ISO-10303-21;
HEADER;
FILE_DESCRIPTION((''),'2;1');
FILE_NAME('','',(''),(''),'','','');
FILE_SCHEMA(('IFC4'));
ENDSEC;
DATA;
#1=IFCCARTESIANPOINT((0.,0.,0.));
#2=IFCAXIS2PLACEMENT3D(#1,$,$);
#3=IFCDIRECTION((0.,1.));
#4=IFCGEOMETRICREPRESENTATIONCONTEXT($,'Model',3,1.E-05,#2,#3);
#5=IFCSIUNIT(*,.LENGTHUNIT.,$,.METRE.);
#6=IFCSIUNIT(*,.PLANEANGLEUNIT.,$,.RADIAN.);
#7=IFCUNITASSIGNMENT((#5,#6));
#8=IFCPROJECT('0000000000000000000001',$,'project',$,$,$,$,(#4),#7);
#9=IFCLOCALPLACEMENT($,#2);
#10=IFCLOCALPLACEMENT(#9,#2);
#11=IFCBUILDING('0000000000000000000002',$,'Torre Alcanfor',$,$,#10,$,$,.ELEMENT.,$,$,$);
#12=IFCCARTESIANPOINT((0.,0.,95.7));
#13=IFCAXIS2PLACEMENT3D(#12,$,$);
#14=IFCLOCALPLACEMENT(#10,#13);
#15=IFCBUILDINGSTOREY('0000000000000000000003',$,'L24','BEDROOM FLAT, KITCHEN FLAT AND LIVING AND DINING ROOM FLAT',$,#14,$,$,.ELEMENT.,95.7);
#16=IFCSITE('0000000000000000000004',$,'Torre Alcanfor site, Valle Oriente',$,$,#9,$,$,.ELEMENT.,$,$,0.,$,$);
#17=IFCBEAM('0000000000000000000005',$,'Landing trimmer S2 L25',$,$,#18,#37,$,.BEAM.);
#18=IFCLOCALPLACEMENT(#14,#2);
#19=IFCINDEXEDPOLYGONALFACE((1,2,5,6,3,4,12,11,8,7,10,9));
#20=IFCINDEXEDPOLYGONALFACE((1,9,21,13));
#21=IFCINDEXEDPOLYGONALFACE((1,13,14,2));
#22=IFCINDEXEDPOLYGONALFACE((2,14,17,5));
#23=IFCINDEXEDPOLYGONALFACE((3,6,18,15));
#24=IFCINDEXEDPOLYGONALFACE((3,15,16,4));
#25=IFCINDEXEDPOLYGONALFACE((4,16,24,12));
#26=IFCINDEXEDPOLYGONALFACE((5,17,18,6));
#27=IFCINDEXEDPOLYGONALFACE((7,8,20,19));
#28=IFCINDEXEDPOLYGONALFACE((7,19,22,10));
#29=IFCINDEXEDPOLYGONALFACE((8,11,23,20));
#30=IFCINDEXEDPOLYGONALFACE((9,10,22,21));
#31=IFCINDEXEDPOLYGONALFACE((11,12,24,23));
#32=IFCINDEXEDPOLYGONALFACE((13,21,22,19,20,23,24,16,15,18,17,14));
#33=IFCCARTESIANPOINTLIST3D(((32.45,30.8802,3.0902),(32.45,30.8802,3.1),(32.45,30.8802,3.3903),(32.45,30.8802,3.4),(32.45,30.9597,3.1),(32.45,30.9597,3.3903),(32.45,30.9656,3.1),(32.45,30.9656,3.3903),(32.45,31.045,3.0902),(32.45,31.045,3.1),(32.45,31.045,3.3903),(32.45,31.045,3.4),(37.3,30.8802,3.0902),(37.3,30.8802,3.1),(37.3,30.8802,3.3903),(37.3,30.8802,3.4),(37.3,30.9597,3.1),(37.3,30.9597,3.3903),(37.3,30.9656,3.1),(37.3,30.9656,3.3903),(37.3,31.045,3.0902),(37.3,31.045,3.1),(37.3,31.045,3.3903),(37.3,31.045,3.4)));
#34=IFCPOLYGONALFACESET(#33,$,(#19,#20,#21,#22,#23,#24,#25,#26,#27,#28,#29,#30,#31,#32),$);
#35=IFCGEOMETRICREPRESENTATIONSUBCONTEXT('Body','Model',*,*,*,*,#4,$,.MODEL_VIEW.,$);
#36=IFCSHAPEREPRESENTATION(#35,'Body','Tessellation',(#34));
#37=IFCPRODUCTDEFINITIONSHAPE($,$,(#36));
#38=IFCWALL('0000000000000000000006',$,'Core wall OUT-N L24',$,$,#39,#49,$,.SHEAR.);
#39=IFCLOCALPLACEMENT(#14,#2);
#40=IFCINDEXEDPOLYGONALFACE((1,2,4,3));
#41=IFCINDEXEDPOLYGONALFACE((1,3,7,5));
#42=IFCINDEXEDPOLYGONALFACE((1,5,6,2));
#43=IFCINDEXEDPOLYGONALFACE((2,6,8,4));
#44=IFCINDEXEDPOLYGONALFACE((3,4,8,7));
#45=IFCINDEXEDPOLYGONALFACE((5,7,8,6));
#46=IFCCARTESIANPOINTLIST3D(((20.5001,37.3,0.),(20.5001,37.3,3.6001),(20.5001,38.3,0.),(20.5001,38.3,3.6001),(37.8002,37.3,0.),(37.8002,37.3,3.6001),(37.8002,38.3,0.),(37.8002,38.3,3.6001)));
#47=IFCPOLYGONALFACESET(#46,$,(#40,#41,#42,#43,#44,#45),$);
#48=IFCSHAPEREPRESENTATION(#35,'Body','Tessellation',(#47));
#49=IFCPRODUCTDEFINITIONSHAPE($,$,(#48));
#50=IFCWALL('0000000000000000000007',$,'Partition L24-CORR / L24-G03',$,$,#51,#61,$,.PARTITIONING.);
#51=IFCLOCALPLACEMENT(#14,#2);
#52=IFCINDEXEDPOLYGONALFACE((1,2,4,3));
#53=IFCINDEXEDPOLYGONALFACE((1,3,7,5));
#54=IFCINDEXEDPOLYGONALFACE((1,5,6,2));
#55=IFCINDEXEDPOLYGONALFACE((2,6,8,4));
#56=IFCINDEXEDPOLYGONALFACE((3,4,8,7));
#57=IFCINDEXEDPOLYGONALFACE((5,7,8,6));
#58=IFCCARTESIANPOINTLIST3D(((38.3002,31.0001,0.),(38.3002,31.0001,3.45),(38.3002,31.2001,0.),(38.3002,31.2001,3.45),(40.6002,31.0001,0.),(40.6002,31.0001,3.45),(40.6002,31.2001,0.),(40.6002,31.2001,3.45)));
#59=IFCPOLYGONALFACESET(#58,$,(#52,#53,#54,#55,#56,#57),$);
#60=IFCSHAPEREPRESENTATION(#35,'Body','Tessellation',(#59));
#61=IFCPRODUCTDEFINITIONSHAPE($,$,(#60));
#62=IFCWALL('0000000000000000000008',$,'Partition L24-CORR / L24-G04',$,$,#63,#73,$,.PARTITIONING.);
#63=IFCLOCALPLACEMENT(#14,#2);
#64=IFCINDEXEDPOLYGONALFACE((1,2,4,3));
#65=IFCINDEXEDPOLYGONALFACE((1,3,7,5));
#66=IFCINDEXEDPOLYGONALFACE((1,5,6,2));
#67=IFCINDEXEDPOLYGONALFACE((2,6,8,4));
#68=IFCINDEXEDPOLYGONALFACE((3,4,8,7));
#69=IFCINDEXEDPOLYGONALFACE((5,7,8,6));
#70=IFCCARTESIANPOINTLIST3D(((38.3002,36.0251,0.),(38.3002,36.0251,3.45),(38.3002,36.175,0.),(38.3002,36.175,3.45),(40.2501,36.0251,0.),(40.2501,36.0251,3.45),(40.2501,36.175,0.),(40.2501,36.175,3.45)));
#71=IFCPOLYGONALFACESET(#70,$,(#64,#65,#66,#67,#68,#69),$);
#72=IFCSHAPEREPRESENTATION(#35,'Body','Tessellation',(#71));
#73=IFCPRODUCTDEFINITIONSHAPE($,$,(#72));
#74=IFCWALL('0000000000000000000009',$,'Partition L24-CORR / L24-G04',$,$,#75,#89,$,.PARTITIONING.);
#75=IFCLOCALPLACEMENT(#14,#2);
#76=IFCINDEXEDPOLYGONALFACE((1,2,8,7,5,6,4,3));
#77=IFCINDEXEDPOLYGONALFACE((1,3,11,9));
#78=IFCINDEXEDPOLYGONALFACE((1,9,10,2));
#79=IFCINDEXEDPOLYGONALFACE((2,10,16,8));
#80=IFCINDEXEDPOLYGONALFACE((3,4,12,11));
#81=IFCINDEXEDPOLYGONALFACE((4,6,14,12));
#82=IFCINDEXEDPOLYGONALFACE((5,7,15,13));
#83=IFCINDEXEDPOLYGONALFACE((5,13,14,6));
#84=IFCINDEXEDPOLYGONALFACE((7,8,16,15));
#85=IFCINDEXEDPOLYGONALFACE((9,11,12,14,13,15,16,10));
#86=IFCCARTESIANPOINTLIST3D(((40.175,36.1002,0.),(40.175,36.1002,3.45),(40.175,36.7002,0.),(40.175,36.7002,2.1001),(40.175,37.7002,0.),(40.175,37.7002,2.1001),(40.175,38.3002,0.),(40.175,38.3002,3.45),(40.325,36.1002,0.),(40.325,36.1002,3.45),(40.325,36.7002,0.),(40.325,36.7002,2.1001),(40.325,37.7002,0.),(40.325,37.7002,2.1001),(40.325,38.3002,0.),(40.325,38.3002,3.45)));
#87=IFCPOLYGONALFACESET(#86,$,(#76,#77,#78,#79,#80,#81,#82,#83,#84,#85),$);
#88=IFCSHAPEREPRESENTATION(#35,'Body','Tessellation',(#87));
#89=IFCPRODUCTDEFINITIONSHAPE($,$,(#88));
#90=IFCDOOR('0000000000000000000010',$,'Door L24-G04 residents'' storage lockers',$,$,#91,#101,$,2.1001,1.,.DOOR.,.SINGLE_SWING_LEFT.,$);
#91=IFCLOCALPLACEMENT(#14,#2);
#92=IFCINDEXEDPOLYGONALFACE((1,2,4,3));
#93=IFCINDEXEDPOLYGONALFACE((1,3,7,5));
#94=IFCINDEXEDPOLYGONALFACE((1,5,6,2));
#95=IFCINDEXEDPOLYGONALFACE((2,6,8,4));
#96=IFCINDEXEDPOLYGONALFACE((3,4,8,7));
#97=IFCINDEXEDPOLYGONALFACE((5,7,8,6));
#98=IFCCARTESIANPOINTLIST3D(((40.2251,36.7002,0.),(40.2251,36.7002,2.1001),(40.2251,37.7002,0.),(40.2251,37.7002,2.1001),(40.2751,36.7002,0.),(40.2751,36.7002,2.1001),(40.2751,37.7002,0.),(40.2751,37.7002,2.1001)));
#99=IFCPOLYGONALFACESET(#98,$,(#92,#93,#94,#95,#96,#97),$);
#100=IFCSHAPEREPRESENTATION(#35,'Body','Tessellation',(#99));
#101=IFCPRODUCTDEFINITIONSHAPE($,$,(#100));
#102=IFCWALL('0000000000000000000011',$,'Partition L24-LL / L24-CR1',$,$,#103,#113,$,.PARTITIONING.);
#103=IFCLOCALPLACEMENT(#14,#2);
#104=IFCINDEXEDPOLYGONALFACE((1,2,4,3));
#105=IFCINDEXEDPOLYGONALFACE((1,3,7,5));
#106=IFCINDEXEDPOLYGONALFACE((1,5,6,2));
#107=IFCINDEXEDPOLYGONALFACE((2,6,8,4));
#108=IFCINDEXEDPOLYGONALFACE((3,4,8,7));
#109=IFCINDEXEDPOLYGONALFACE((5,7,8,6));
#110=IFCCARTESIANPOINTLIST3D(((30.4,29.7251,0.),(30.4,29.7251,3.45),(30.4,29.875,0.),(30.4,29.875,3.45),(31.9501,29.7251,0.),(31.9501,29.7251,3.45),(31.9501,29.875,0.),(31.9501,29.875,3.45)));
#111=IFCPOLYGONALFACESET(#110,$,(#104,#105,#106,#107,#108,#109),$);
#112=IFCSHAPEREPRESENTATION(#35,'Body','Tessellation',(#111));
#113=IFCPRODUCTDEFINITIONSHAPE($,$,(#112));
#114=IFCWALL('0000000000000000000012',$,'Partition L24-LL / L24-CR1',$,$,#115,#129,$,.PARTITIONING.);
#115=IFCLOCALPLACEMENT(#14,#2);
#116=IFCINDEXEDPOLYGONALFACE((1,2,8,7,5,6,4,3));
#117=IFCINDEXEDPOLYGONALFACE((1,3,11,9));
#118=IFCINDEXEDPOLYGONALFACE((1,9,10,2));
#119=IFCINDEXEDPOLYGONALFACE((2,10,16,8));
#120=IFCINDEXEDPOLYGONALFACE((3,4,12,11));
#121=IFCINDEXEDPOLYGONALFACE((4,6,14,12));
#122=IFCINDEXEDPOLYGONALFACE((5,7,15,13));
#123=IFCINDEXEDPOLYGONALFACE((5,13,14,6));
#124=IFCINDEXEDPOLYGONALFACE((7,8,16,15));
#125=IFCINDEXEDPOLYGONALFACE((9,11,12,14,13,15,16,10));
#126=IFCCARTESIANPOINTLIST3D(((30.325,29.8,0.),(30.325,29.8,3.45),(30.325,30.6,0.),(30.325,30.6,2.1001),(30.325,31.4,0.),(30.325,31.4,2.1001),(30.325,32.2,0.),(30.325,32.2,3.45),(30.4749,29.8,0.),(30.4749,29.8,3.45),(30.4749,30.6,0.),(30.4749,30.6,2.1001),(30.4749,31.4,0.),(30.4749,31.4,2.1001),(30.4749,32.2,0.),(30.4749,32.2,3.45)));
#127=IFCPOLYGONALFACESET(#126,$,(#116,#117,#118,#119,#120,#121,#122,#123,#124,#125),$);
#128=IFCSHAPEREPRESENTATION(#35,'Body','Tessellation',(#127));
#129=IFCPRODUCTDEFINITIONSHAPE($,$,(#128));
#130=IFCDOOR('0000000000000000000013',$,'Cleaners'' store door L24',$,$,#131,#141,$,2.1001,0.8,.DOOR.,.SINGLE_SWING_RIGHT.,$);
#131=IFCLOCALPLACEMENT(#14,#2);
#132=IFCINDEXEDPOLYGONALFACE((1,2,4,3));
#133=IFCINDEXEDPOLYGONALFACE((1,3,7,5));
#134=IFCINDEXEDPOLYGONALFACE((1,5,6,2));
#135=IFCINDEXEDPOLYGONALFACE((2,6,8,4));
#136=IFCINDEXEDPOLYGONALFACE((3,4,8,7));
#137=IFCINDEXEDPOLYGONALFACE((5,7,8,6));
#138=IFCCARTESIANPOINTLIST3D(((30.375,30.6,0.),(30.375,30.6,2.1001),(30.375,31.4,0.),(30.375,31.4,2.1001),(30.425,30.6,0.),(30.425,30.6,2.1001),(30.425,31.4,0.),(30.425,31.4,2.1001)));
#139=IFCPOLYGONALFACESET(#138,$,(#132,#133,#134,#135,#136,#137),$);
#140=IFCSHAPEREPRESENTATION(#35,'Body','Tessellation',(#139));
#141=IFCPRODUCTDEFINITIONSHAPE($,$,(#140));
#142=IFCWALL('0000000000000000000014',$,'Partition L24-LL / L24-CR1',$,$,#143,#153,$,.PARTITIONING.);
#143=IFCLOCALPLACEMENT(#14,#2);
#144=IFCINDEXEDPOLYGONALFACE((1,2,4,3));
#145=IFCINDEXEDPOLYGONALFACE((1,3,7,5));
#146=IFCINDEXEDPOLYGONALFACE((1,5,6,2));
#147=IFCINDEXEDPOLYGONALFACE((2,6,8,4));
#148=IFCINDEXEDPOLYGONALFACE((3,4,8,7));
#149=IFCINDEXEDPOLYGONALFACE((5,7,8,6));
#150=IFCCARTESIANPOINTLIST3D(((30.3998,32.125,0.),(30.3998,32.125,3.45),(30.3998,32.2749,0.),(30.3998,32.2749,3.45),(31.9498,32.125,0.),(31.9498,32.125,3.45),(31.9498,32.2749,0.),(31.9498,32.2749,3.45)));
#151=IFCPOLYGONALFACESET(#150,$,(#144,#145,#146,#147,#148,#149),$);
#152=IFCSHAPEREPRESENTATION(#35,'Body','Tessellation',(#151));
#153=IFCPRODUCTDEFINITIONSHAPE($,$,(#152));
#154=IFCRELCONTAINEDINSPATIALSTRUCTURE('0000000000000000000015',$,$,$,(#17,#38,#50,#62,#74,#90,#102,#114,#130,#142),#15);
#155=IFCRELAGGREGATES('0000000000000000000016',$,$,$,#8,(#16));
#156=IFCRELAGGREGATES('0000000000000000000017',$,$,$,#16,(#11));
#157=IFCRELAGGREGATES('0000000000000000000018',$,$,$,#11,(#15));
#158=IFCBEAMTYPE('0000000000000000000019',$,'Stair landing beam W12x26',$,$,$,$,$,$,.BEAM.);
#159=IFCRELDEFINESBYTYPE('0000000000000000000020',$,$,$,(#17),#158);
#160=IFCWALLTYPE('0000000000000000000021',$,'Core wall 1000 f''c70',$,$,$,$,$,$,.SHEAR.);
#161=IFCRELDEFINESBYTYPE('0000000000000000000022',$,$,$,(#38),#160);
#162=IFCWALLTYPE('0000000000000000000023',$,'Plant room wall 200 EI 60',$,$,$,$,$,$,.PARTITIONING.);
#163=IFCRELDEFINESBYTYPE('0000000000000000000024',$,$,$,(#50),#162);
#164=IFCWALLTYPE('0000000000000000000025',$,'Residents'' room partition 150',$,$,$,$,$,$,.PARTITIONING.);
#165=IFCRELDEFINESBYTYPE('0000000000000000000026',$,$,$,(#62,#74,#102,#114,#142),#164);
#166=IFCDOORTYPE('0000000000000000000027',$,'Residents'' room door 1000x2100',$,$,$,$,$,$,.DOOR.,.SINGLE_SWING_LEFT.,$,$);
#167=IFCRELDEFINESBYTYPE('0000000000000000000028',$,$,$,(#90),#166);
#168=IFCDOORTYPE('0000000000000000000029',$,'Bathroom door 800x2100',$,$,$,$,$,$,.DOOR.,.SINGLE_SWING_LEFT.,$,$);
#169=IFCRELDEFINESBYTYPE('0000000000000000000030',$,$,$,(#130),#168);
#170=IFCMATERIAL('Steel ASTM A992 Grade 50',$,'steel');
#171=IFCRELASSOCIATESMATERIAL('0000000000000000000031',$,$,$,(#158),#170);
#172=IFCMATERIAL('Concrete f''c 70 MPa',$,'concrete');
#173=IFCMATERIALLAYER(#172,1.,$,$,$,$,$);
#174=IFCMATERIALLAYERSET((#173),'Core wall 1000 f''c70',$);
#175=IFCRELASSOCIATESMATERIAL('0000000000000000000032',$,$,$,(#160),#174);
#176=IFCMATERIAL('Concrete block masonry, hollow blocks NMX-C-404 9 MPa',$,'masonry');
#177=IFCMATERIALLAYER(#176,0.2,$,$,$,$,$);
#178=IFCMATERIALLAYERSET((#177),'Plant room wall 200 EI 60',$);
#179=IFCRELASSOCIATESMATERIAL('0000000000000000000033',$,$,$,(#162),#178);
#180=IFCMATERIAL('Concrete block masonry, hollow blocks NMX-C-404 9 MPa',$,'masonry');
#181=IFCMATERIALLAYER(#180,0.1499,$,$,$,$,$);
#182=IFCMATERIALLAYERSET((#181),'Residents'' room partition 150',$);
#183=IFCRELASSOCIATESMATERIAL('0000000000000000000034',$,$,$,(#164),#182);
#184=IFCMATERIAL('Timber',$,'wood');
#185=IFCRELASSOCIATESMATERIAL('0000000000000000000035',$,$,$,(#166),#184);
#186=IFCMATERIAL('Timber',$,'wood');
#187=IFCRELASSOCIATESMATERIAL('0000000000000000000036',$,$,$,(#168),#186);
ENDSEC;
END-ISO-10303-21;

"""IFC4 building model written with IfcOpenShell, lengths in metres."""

from ifc_helpers import new_model, si_unit, direction, frame, frame_2d, origin, origin_2d, place, context, subcontext, project, spatial, rectangle, i_section, extrude, material, layer, layer_set, material_profile, profile_set, type_object, element, fill, save


model = new_model("IFC4")

# Units and contexts
model_context = context("Model", 3, precision=1e-05, world=origin(), true_north=direction((0.0, 1.0)))
body_context = subcontext(model_context, "Body", "Model", "MODEL_VIEW")
ifc_project = project(units=[si_unit("LENGTHUNIT", "METRE"), si_unit("PLANEANGLEUNIT", "RADIAN")], contexts=[model_context])

# Site, building, storey
site_placement = place(None, origin())
site = spatial("IfcSite", under=ifc_project, at=site_placement, Name="Torre Alcanfor site, Valle Oriente", CompositionType="ELEMENT", RefElevation=0.0)
building_placement = place(site_placement, origin())
building = spatial("IfcBuilding", under=site, at=building_placement, Name="Torre Alcanfor", CompositionType="ELEMENT")
storey_placement = place(building_placement, frame((0.0, 0.0, 95.7)))
storey = spatial("IfcBuildingStorey", under=building, at=storey_placement, Name="L24", Description="BEDROOM FLAT, KITCHEN FLAT AND LIVING AND DINING ROOM FLAT", CompositionType="ELEMENT", Elevation=95.7)

# Beam
ifc_material_1 = material(Name="Steel ASTM A992 Grade 50", Category="steel")
ifc_material_profile = material_profile(ifc_material_1, i_section(OverallWidth=0.1648, OverallDepth=0.3098, WebThickness=0.0059, FlangeThickness=0.0098, at=origin_2d()), Name="W12x26")
ifc_profile_set = profile_set([ifc_material_profile], Name="Steel ASTM A992 Grade 50")
beam_type = type_object("IfcBeamType", Name="Stair landing beam W12x26", PredefinedType="BEAM", material=ifc_profile_set)
beam_placement = place(storey_placement, frame((32.45, 30.9626, 3.2451), z_axis=(1.0, 0.0, 0.0), x_axis=(0.0, 1.0, 0.0)))
element("IfcBeam", 1, at=beam_placement, inside=storey, type_object=beam_type, Name="Landing trimmer S2 L25", PredefinedType="BEAM", context=body_context, shape_type="SweptSolid", body=[
    extrude(i_section(OverallWidth=0.1648, OverallDepth=0.3098, WebThickness=0.0059, FlangeThickness=0.0098, at=origin_2d()), origin(), (0.0, 0.0, 1.0), 4.8501),
])

# Walls
ifc_material_2 = material(Name="Concrete f'c 70 MPa", Category="concrete")
ifc_layer_1 = layer(ifc_material_2, 1.0)
ifc_layer_set_1 = layer_set([ifc_layer_1], Name="Core wall 1000 f'c70")
wall_type_1 = type_object("IfcWallType", Name="Core wall 1000 f'c70", PredefinedType="SHEAR", material=ifc_layer_set_1)
wall_1_placement = place(storey_placement, frame((37.8, 37.8, 0.0), z_axis=(0.0, 0.0, 1.0), x_axis=(-1.0, 0.0, 0.0)))
element("IfcWall", 2, at=wall_1_placement, inside=storey, type_object=wall_type_1, Name="Core wall OUT-N L24", PredefinedType="SHEAR", context=body_context, shape_type="SweptSolid", body=[
    extrude(rectangle(XDim=17.3, YDim=1.0, at=frame_2d((8.6499, 0.0))), origin(), (0.0, 0.0, 1.0), 3.6001),
])
ifc_material_3 = material(Name="Concrete block masonry, hollow blocks NMX-C-404 9 MPa", Category="masonry")
ifc_layer_2 = layer(ifc_material_3, 0.2)
ifc_layer_set_2 = layer_set([ifc_layer_2], Name="Plant room wall 200 EI 60")
wall_type_2 = type_object("IfcWallType", Name="Plant room wall 200 EI 60", PredefinedType="PARTITIONING", material=ifc_layer_set_2)
wall_2_placement = place(storey_placement, frame((40.6001, 31.1001, 0.0), z_axis=(0.0, 0.0, 1.0), x_axis=(-1.0, 0.0, 0.0)))
element("IfcWall", 3, at=wall_2_placement, inside=storey, type_object=wall_type_2, Name="Partition L24-CORR / L24-G03", PredefinedType="PARTITIONING", context=body_context, shape_type="SweptSolid", body=[
    extrude(rectangle(XDim=2.3, YDim=0.2, at=frame_2d((1.1499, 0.0))), origin(), (0.0, 0.0, 1.0), 3.45),
])
ifc_material_4 = material(Name="Concrete block masonry, hollow blocks NMX-C-404 9 MPa", Category="masonry")
ifc_layer_3 = layer(ifc_material_4, 0.1499)
ifc_layer_set_3 = layer_set([ifc_layer_3], Name="Residents' room partition 150")
wall_type_3 = type_object("IfcWallType", Name="Residents' room partition 150", PredefinedType="PARTITIONING", material=ifc_layer_set_3)
wall_3_placement = place(storey_placement, frame((38.3, 36.1001, 0.0), z_axis=(0.0, 0.0, 1.0), x_axis=(1.0, 0.0, 0.0)))
element("IfcWall", 4, at=wall_3_placement, inside=storey, type_object=wall_type_3, Name="Partition L24-CORR / L24-G04", PredefinedType="PARTITIONING", context=body_context, shape_type="SweptSolid", body=[
    extrude(rectangle(XDim=1.95, YDim=0.1499, at=frame_2d((0.9751, 0.0))), origin(), (0.0, 0.0, 1.0), 3.45),
])

# Wall, opening, door
wall_4_placement = place(storey_placement, frame((40.25, 36.1001, 0.0), z_axis=(0.0, 0.0, 1.0), x_axis=(0.0, 1.0, 0.0)))
wall_4 = element("IfcWall", 5, at=wall_4_placement, inside=storey, type_object=wall_type_3, Name="Partition L24-CORR / L24-G04", PredefinedType="PARTITIONING", context=body_context, shape_type="SweptSolid", body=[
    extrude(rectangle(XDim=2.2, YDim=0.1499, at=frame_2d((1.1001, 0.0))), origin(), (0.0, 0.0, 1.0), 3.45),
])
opening_1_placement = place(wall_4_placement, frame((0.6001, 0.0, 0.0)))
opening_1 = element("IfcOpeningElement", 6, at=opening_1_placement, cuts=wall_4, PredefinedType="OPENING", context=body_context, shape_type="SweptSolid", body=[
    extrude(rectangle(XDim=1.0, YDim=2.1001, at=frame_2d((0.5, 1.05))), frame((0.0, 0.085, 0.0), z_axis=(0.0, -1.0, 0.0), x_axis=(1.0, 0.0, 0.0)), (0.0, 0.0, 1.0), 0.1699),
])
ifc_material_5 = material(Name="Timber", Category="wood")
door_type_1 = type_object("IfcDoorType", Name="Residents' room door 1000x2100", OperationType="SINGLE_SWING_LEFT", PredefinedType="DOOR", material=ifc_material_5)
door_1_placement = place(opening_1_placement, origin())
door_1 = element("IfcDoor", 7, at=door_1_placement, inside=storey, type_object=door_type_1, Name="Door L24-G04 residents' storage lockers", OperationType="SINGLE_SWING_LEFT", OverallHeight=2.1001, OverallWidth=1.0, PredefinedType="DOOR", context=body_context, shape_type="SweptSolid", body=[
    extrude(rectangle(XDim=1.0, YDim=2.1001, at=frame_2d((0.5, 1.05))), frame((0.0, 0.0249, 0.0), z_axis=(0.0, -1.0, 0.0), x_axis=(1.0, 0.0, 0.0)), (0.0, 0.0, 1.0), 0.05),
])
fill(opening_1, door_1)

# Wall
wall_5_placement = place(storey_placement, frame((31.95, 29.8, 0.0), z_axis=(0.0, 0.0, 1.0), x_axis=(-1.0, 0.0, 0.0)))
element("IfcWall", 8, at=wall_5_placement, inside=storey, type_object=wall_type_3, Name="Partition L24-LL / L24-CR1", PredefinedType="PARTITIONING", context=body_context, shape_type="SweptSolid", body=[
    extrude(rectangle(XDim=1.55, YDim=0.1499, at=frame_2d((0.7749, 0.0))), origin(), (0.0, 0.0, 1.0), 3.45),
])

# Wall, opening, door
wall_6_placement = place(storey_placement, frame((30.3999, 29.8, 0.0), z_axis=(0.0, 0.0, 1.0), x_axis=(0.0, 1.0, 0.0)))
wall_6 = element("IfcWall", 9, at=wall_6_placement, inside=storey, type_object=wall_type_3, Name="Partition L24-LL / L24-CR1", PredefinedType="PARTITIONING", context=body_context, shape_type="SweptSolid", body=[
    extrude(rectangle(XDim=2.3999, YDim=0.1499, at=frame_2d((1.2, 0.0))), origin(), (0.0, 0.0, 1.0), 3.45),
])
opening_2_placement = place(wall_6_placement, frame((0.8, 0.0, 0.0)))
opening_2 = element("IfcOpeningElement", 10, at=opening_2_placement, cuts=wall_6, PredefinedType="OPENING", context=body_context, shape_type="SweptSolid", body=[
    extrude(rectangle(XDim=0.8, YDim=2.1001, at=frame_2d((0.3999, 1.05))), frame((0.0, 0.085, 0.0), z_axis=(0.0, -1.0, 0.0), x_axis=(1.0, 0.0, 0.0)), (0.0, 0.0, 1.0), 0.1699),
])
ifc_material_6 = material(Name="Timber", Category="wood")
door_type_2 = type_object("IfcDoorType", Name="Bathroom door 800x2100", OperationType="SINGLE_SWING_LEFT", PredefinedType="DOOR", material=ifc_material_6)
door_2_placement = place(opening_2_placement, frame((0.8, 0.0, 0.0), z_axis=(0.0, 0.0, 1.0), x_axis=(-1.0, 0.0, 0.0)))
door_2 = element("IfcDoor", 11, at=door_2_placement, inside=storey, type_object=door_type_2, Name="Cleaners' store door L24", OperationType="SINGLE_SWING_RIGHT", OverallHeight=2.1001, OverallWidth=0.8, PredefinedType="DOOR", context=body_context, shape_type="SweptSolid", body=[
    extrude(rectangle(XDim=0.8, YDim=2.1001, at=frame_2d((0.4001, 1.05))), frame((0.0, 0.0251, 0.0), z_axis=(0.0, -1.0, 0.0), x_axis=(1.0, 0.0, 0.0)), (0.0, 0.0, 1.0), 0.05),
])
fill(opening_2, door_2)

# Wall
wall_7_placement = place(storey_placement, frame((30.3999, 32.2, 0.0), z_axis=(0.0, 0.0, 1.0), x_axis=(1.0, 0.0, 0.0)))
element("IfcWall", 12, at=wall_7_placement, inside=storey, type_object=wall_type_3, Name="Partition L24-LL / L24-CR1", PredefinedType="PARTITIONING", context=body_context, shape_type="SweptSolid", body=[
    extrude(rectangle(XDim=1.55, YDim=0.1499, at=frame_2d((0.7749, 0.0))), origin(), (0.0, 0.0, 1.0), 3.45),
])

save(model, "model.ifc")
